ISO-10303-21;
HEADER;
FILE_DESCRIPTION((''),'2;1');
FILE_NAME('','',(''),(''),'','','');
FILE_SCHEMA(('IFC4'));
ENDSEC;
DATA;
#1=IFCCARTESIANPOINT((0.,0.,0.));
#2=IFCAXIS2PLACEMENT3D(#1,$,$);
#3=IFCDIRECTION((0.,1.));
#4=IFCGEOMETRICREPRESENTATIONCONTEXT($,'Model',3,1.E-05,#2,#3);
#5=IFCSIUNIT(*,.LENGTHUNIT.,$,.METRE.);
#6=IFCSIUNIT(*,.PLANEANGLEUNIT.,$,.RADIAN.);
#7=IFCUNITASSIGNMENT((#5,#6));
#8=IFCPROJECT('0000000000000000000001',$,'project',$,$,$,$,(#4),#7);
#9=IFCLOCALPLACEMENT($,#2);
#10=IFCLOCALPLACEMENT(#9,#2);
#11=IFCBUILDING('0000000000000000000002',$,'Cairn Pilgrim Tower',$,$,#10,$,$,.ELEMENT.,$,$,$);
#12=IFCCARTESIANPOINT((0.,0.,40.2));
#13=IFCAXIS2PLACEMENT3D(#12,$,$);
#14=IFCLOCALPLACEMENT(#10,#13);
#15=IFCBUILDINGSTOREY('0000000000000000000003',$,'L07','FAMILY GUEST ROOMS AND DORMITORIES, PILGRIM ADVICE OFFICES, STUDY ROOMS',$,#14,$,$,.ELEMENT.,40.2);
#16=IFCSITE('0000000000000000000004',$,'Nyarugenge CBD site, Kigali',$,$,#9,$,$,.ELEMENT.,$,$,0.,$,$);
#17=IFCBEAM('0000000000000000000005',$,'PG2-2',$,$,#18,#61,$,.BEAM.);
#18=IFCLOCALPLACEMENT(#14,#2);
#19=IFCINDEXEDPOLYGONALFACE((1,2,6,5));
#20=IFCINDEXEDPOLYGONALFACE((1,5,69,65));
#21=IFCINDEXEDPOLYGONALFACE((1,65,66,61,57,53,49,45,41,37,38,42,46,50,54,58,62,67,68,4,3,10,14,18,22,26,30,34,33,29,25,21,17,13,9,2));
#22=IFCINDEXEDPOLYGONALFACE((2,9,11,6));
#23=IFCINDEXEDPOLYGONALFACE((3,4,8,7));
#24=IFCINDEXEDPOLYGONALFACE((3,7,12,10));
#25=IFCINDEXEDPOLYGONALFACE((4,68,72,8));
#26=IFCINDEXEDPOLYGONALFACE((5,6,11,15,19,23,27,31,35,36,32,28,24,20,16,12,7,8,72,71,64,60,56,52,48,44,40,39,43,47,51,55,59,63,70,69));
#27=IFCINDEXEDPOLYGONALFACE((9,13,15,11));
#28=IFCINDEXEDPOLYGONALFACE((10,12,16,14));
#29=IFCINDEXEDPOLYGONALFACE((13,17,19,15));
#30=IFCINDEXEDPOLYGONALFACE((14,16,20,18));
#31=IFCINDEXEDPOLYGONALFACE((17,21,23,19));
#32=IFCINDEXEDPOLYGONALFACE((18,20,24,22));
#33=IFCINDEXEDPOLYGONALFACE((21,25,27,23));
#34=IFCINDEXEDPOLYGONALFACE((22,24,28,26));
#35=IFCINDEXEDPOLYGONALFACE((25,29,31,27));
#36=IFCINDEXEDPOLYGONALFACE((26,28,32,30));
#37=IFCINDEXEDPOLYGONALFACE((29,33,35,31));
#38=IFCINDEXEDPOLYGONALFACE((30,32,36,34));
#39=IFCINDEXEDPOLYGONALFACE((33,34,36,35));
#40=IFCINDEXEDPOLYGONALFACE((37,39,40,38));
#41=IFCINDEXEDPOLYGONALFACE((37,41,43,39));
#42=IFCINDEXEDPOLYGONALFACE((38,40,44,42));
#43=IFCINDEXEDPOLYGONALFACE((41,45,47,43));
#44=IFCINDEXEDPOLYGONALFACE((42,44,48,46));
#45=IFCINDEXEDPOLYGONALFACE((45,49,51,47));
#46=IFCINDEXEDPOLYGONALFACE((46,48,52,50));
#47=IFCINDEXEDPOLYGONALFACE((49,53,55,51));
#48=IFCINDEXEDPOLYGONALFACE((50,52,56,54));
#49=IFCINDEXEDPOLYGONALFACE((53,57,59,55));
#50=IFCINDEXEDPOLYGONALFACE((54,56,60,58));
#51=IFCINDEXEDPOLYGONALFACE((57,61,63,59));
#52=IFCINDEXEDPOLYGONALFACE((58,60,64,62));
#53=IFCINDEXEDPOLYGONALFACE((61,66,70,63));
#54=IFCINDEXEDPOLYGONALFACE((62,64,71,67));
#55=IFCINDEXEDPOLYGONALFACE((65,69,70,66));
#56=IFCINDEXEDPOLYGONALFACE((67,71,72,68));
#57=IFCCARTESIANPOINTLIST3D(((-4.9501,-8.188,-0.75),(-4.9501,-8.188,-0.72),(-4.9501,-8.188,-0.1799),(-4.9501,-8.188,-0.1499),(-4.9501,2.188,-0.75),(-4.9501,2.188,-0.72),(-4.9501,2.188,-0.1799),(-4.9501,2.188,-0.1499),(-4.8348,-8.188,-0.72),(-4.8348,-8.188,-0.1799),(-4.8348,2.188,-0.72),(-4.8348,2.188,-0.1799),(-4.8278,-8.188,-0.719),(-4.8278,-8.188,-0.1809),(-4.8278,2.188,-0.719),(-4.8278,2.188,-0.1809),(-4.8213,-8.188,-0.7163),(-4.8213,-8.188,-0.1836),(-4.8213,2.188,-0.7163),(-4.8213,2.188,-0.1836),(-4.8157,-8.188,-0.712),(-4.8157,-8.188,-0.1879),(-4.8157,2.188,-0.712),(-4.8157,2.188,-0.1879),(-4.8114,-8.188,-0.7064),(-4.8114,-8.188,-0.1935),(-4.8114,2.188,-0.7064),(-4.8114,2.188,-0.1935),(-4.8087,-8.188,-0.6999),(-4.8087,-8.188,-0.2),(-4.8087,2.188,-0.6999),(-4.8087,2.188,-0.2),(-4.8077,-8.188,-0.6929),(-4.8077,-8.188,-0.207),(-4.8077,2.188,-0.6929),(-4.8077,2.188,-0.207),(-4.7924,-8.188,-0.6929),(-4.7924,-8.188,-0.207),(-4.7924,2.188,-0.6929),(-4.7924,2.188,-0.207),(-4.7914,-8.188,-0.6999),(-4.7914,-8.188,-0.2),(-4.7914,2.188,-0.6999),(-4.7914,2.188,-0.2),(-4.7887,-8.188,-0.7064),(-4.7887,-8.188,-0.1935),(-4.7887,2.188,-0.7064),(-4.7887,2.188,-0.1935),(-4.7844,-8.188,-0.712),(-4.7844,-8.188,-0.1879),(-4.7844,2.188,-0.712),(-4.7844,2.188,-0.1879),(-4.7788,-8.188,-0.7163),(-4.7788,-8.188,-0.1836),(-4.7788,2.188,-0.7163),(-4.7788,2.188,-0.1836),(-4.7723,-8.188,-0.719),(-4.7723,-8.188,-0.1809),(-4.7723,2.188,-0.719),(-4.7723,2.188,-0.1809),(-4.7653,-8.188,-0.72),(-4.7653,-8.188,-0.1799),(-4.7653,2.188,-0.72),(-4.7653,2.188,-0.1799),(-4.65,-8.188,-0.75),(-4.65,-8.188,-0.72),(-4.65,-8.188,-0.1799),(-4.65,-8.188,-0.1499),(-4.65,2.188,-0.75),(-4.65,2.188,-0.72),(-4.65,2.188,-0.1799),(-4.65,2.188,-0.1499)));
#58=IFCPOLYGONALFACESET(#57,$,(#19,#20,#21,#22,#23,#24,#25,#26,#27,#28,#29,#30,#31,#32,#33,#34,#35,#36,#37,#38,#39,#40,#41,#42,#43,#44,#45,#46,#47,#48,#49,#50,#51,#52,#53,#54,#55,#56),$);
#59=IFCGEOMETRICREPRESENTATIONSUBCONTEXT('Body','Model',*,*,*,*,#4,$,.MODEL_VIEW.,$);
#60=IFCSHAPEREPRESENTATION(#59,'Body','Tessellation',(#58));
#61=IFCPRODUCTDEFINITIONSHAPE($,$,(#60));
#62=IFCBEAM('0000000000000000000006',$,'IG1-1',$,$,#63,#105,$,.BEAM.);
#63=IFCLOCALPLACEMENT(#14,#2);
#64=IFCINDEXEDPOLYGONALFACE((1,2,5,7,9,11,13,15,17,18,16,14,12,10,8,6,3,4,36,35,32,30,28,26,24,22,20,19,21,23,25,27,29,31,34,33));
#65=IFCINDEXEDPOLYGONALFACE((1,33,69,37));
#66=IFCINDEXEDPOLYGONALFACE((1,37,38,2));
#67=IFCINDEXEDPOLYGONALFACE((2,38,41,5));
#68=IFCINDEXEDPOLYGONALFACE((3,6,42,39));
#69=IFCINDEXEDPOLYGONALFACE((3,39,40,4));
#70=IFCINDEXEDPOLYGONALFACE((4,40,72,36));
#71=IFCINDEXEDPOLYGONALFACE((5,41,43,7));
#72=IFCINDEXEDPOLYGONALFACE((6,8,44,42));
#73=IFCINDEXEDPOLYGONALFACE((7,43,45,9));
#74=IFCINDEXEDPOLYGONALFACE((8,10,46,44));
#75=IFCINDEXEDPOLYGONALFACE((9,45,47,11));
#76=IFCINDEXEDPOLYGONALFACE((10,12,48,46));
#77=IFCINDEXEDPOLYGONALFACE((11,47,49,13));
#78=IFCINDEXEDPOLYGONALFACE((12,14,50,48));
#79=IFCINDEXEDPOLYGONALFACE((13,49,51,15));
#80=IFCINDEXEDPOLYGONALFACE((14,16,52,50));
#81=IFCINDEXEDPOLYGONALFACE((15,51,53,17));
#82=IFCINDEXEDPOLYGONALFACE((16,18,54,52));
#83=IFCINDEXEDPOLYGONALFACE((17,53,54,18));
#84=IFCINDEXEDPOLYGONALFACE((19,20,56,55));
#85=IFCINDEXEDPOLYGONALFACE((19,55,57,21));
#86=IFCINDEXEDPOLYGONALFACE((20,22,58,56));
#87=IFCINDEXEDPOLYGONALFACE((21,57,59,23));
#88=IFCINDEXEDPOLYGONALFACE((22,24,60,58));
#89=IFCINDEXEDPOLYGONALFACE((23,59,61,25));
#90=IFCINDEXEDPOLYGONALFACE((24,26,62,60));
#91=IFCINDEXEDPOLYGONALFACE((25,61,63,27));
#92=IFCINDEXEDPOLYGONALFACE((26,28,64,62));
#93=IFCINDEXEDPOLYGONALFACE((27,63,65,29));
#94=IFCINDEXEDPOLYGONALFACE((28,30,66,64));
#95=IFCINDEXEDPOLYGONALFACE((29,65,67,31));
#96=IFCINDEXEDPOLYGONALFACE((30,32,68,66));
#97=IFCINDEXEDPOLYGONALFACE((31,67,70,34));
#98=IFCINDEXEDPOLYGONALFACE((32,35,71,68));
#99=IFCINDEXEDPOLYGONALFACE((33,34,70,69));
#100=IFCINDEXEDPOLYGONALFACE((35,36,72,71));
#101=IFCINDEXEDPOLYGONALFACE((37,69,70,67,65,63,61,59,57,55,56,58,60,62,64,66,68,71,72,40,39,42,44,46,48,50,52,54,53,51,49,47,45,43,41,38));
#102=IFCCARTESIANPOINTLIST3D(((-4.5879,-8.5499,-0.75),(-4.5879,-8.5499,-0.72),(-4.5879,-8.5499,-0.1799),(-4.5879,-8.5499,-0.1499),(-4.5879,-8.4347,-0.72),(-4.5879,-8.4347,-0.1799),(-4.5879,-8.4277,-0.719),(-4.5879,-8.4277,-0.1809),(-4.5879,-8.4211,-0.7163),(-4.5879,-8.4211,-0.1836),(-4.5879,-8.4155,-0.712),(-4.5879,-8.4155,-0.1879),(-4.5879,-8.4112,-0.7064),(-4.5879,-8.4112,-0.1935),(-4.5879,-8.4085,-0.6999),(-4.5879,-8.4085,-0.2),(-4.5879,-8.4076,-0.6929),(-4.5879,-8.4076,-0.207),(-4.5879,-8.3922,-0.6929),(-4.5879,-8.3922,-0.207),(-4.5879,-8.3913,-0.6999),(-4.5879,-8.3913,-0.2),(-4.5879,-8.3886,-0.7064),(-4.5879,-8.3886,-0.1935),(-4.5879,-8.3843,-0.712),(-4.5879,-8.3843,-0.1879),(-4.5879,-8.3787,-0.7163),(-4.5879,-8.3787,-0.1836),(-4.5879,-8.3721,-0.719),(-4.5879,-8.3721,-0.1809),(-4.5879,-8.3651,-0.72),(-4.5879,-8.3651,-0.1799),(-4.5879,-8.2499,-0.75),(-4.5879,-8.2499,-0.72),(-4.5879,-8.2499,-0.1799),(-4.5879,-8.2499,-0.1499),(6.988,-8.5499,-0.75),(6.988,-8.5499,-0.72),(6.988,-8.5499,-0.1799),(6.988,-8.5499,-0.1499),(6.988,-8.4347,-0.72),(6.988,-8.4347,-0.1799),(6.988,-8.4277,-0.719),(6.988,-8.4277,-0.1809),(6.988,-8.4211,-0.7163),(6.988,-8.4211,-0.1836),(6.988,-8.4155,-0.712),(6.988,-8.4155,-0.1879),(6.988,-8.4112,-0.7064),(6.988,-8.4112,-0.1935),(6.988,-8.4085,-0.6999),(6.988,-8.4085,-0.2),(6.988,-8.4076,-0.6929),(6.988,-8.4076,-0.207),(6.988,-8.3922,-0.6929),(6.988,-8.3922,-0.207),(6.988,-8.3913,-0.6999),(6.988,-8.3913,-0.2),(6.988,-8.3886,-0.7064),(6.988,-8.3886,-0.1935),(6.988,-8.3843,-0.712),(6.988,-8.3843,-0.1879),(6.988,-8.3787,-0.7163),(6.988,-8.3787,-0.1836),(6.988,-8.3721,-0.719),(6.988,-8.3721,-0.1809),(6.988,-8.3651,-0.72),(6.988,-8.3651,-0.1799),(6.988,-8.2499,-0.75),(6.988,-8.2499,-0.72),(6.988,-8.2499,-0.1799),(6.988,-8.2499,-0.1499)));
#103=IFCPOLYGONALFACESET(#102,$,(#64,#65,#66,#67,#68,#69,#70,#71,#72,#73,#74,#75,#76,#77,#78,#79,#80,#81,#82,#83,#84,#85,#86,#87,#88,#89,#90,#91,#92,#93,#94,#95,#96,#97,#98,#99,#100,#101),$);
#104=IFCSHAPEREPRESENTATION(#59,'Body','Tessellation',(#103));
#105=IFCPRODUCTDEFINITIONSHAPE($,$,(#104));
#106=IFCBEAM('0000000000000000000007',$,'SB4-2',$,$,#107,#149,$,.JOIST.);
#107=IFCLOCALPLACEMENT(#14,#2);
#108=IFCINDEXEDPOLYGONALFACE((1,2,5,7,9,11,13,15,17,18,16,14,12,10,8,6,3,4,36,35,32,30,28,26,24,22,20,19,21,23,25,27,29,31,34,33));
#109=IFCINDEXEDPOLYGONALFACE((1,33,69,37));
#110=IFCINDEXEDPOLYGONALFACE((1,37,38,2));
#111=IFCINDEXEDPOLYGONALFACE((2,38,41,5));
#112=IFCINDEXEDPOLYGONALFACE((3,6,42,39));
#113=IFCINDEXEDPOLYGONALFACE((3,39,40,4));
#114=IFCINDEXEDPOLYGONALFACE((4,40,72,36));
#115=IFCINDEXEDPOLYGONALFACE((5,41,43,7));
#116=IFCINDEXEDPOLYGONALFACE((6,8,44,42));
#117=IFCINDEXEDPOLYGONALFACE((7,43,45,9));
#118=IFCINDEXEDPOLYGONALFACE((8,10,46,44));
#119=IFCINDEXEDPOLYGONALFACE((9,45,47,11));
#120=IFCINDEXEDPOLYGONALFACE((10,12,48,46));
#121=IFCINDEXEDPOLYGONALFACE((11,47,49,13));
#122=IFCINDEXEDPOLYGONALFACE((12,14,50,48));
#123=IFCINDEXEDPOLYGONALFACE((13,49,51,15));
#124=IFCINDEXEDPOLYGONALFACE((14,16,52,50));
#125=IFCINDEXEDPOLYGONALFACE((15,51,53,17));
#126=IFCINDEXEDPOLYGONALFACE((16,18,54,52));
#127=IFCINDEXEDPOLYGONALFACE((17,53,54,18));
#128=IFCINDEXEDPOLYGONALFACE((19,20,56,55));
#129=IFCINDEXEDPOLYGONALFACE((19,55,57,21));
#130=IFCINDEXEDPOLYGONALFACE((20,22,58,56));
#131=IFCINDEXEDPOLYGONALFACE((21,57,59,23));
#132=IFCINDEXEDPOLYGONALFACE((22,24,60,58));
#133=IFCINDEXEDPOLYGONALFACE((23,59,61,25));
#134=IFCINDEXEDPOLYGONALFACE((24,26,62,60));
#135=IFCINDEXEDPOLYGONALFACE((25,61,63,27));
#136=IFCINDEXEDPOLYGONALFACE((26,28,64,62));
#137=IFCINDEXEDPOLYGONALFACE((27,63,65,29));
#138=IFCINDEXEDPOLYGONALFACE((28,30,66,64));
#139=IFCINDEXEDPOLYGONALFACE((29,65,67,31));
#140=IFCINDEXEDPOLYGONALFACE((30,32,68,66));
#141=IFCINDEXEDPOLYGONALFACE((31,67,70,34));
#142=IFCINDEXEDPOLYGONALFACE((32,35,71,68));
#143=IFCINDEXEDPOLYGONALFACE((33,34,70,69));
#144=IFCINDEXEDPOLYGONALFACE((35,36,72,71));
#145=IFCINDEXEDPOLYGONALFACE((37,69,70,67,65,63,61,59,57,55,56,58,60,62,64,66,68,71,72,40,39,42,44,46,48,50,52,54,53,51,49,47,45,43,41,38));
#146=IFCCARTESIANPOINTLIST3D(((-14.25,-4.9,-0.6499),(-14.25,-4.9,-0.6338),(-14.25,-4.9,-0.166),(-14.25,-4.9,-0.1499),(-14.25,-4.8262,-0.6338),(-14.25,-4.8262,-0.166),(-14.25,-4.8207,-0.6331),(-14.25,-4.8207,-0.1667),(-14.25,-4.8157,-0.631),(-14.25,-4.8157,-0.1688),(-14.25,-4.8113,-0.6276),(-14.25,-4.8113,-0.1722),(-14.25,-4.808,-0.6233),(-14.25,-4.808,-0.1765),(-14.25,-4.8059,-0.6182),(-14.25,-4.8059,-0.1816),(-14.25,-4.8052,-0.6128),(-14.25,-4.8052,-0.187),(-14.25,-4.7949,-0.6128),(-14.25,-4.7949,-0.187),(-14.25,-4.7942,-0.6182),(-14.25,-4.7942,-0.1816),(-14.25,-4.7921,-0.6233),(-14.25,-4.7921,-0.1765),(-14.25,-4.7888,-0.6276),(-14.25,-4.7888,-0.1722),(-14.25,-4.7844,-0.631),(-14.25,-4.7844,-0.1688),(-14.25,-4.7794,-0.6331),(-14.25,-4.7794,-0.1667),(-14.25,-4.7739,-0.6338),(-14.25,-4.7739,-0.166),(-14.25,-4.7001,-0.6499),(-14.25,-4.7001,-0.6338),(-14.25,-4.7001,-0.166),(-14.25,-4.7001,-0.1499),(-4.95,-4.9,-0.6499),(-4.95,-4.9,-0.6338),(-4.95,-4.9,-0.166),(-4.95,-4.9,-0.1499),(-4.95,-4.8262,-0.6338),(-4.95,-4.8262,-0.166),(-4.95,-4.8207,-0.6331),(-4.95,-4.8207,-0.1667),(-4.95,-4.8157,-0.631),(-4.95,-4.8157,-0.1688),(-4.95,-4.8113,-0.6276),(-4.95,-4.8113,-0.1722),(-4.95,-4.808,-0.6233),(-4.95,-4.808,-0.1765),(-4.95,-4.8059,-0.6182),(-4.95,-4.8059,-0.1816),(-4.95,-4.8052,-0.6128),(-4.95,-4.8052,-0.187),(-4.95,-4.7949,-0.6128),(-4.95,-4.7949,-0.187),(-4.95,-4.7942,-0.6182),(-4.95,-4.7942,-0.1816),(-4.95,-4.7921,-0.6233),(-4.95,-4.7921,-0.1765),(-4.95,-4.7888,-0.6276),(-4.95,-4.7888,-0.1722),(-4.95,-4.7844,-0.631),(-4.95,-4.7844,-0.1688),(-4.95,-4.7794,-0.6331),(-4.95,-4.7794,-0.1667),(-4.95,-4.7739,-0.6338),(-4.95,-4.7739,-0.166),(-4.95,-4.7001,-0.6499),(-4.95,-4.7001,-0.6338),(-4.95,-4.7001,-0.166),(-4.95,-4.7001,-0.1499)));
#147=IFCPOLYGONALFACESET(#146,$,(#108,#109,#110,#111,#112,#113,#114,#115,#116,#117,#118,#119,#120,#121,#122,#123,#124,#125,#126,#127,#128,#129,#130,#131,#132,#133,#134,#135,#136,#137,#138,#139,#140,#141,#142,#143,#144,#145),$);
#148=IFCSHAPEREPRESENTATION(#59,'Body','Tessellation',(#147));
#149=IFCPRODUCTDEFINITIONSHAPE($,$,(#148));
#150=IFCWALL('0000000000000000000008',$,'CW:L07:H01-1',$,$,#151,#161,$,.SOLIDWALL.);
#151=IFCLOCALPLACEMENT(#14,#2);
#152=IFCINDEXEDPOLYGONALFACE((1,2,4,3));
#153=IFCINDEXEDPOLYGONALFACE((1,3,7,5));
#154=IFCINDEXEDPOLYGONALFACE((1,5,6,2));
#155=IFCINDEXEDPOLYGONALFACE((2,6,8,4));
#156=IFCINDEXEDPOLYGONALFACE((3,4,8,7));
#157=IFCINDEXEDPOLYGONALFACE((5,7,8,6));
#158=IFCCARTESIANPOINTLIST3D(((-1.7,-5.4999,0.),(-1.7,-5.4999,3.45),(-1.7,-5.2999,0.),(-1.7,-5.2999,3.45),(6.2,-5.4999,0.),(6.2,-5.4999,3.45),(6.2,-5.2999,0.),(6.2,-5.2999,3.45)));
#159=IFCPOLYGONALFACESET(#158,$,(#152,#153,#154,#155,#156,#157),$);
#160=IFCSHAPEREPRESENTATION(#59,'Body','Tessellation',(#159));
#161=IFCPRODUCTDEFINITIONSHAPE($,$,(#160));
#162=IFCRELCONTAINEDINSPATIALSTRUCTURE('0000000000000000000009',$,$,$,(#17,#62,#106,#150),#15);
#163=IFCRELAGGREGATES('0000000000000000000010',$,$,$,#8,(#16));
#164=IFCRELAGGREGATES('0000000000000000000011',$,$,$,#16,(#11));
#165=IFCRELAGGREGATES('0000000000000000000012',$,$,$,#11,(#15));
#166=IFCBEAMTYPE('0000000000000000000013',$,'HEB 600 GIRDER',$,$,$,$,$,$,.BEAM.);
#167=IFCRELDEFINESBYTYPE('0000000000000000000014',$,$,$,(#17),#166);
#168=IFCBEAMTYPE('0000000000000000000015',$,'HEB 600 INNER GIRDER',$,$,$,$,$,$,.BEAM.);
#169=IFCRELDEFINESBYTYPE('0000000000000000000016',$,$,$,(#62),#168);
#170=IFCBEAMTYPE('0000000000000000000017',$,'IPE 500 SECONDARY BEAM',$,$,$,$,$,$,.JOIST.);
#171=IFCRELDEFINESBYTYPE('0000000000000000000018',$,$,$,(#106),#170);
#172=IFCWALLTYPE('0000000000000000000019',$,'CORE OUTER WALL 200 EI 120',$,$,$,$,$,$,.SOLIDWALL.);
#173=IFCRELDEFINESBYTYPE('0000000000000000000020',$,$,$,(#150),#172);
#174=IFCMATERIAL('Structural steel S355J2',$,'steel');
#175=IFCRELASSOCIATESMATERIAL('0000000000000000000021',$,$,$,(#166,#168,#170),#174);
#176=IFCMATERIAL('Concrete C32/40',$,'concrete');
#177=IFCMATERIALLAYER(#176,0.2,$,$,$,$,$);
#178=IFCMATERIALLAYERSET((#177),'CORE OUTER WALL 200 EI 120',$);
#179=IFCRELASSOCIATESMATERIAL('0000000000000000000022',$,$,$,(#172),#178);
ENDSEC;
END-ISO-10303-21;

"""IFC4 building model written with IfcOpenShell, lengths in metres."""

from ifc_helpers import new_model, si_unit, direction, frame, frame_2d, origin, origin_2d, place, context, subcontext, project, spatial, rectangle, i_section, extrude, material, layer, layer_set, material_profile, profile_set, type_object, element, save


model = new_model("IFC4")

# Units and contexts
model_context = context("Model", 3, precision=1e-05, world=origin(), true_north=direction((0.0, 1.0)))
body_context = subcontext(model_context, "Body", "Model", "MODEL_VIEW")
ifc_project = project(units=[si_unit("LENGTHUNIT", "METRE"), si_unit("PLANEANGLEUNIT", "RADIAN")], contexts=[model_context])

# Site, building, storey
site_placement = place(None, origin())
site = spatial("IfcSite", under=ifc_project, at=site_placement, Name="Nyarugenge CBD site, Kigali", CompositionType="ELEMENT", RefElevation=0.0)
building_placement = place(site_placement, origin())
building = spatial("IfcBuilding", under=site, at=building_placement, Name="Cairn Pilgrim Tower", CompositionType="ELEMENT")
storey_placement = place(building_placement, frame((0.0, 0.0, 40.2)))
storey = spatial("IfcBuildingStorey", under=building, at=storey_placement, Name="L07", Description="FAMILY GUEST ROOMS AND DORMITORIES, PILGRIM ADVICE OFFICES, STUDY ROOMS", CompositionType="ELEMENT", Elevation=40.2)

# Beams
ifc_material_1 = material(Name="Structural steel S355J2", Category="steel")
ifc_material_profile_1 = material_profile(ifc_material_1, i_section(OverallWidth=0.3, OverallDepth=0.6001, WebThickness=0.0154, FlangeThickness=0.03, FilletRadius=0.0271, at=origin_2d()), Name="HEB 600")
ifc_profile_set_1 = profile_set([ifc_material_profile_1], Name="Structural steel S355J2")
beam_type_1 = type_object("IfcBeamType", Name="HEB 600 GIRDER", PredefinedType="BEAM", material=ifc_profile_set_1)
beam_1_placement = place(storey_placement, frame((-4.8, -8.188, -0.45), z_axis=(0.0, 1.0, 0.0), x_axis=(-1.0, 0.0, 0.0)))
element("IfcBeam", 1, at=beam_1_placement, inside=storey, type_object=beam_type_1, Name="PG2-2", PredefinedType="BEAM", context=body_context, shape_type="SweptSolid", body=[
    extrude(i_section(OverallWidth=0.3, OverallDepth=0.6001, WebThickness=0.0154, FlangeThickness=0.03, FilletRadius=0.0271, at=origin_2d()), origin(), (0.0, 0.0, 1.0), 10.376),
])
ifc_material_profile_2 = material_profile(ifc_material_1, i_section(OverallWidth=0.3, OverallDepth=0.6001, WebThickness=0.0154, FlangeThickness=0.03, FilletRadius=0.0271, at=origin_2d()), Name="HEB 600")
ifc_profile_set_2 = profile_set([ifc_material_profile_2], Name="Structural steel S355J2")
beam_type_2 = type_object("IfcBeamType", Name="HEB 600 INNER GIRDER", PredefinedType="BEAM", material=ifc_profile_set_2)
beam_2_placement = place(storey_placement, frame((-4.5879, -8.3999, -0.45), z_axis=(1.0, 0.0, 0.0), x_axis=(0.0, 1.0, 0.0)))
element("IfcBeam", 2, at=beam_2_placement, inside=storey, type_object=beam_type_2, Name="IG1-1", PredefinedType="BEAM", context=body_context, shape_type="SweptSolid", body=[
    extrude(i_section(OverallWidth=0.3, OverallDepth=0.6001, WebThickness=0.0154, FlangeThickness=0.03, FilletRadius=0.0271, at=origin_2d()), origin(), (0.0, 0.0, 1.0), 11.5759),
])
ifc_material_profile_3 = material_profile(ifc_material_1, i_section(OverallWidth=0.2, OverallDepth=0.5, WebThickness=0.0103, FlangeThickness=0.0161, FilletRadius=0.021, at=origin_2d()), Name="IPE 500")
ifc_profile_set_3 = profile_set([ifc_material_profile_3], Name="Structural steel S355J2")
beam_type_3 = type_object("IfcBeamType", Name="IPE 500 SECONDARY BEAM", PredefinedType="JOIST", material=ifc_profile_set_3)
beam_3_placement = place(storey_placement, frame((-14.25, -4.8, -0.3999), z_axis=(1.0, 0.0, 0.0), x_axis=(0.0, 1.0, 0.0)))
element("IfcBeam", 3, at=beam_3_placement, inside=storey, type_object=beam_type_3, Name="SB4-2", PredefinedType="JOIST", context=body_context, shape_type="SweptSolid", body=[
    extrude(i_section(OverallWidth=0.2, OverallDepth=0.5, WebThickness=0.0103, FlangeThickness=0.0161, FilletRadius=0.021, at=origin_2d()), origin(), (0.0, 0.0, 1.0), 9.3),
])

# Wall
ifc_material_2 = material(Name="Concrete C32/40", Category="concrete")
ifc_layer_1 = layer(ifc_material_2, 0.2)
ifc_layer_set_1 = layer_set([ifc_layer_1], Name="CORE OUTER WALL 200 EI 120")
wall_type_1 = type_object("IfcWallType", Name="CORE OUTER WALL 200 EI 120", PredefinedType="SOLIDWALL", material=ifc_layer_set_1)
wall_1_placement = place(storey_placement, frame((-1.7, -5.3999, 0.0), z_axis=(0.0, 0.0, 1.0), x_axis=(1.0, 0.0, 0.0)))
element("IfcWall", 4, at=wall_1_placement, inside=storey, type_object=wall_type_1, Name="CW:L07:H01-1", PredefinedType="SOLIDWALL", context=body_context, shape_type="SweptSolid", body=[
    extrude(rectangle(XDim=7.8999, YDim=0.2, at=frame_2d((3.95, 0.0))), origin(), (0.0, 0.0, 1.0), 3.45),
])

save(model, "model.ifc")
